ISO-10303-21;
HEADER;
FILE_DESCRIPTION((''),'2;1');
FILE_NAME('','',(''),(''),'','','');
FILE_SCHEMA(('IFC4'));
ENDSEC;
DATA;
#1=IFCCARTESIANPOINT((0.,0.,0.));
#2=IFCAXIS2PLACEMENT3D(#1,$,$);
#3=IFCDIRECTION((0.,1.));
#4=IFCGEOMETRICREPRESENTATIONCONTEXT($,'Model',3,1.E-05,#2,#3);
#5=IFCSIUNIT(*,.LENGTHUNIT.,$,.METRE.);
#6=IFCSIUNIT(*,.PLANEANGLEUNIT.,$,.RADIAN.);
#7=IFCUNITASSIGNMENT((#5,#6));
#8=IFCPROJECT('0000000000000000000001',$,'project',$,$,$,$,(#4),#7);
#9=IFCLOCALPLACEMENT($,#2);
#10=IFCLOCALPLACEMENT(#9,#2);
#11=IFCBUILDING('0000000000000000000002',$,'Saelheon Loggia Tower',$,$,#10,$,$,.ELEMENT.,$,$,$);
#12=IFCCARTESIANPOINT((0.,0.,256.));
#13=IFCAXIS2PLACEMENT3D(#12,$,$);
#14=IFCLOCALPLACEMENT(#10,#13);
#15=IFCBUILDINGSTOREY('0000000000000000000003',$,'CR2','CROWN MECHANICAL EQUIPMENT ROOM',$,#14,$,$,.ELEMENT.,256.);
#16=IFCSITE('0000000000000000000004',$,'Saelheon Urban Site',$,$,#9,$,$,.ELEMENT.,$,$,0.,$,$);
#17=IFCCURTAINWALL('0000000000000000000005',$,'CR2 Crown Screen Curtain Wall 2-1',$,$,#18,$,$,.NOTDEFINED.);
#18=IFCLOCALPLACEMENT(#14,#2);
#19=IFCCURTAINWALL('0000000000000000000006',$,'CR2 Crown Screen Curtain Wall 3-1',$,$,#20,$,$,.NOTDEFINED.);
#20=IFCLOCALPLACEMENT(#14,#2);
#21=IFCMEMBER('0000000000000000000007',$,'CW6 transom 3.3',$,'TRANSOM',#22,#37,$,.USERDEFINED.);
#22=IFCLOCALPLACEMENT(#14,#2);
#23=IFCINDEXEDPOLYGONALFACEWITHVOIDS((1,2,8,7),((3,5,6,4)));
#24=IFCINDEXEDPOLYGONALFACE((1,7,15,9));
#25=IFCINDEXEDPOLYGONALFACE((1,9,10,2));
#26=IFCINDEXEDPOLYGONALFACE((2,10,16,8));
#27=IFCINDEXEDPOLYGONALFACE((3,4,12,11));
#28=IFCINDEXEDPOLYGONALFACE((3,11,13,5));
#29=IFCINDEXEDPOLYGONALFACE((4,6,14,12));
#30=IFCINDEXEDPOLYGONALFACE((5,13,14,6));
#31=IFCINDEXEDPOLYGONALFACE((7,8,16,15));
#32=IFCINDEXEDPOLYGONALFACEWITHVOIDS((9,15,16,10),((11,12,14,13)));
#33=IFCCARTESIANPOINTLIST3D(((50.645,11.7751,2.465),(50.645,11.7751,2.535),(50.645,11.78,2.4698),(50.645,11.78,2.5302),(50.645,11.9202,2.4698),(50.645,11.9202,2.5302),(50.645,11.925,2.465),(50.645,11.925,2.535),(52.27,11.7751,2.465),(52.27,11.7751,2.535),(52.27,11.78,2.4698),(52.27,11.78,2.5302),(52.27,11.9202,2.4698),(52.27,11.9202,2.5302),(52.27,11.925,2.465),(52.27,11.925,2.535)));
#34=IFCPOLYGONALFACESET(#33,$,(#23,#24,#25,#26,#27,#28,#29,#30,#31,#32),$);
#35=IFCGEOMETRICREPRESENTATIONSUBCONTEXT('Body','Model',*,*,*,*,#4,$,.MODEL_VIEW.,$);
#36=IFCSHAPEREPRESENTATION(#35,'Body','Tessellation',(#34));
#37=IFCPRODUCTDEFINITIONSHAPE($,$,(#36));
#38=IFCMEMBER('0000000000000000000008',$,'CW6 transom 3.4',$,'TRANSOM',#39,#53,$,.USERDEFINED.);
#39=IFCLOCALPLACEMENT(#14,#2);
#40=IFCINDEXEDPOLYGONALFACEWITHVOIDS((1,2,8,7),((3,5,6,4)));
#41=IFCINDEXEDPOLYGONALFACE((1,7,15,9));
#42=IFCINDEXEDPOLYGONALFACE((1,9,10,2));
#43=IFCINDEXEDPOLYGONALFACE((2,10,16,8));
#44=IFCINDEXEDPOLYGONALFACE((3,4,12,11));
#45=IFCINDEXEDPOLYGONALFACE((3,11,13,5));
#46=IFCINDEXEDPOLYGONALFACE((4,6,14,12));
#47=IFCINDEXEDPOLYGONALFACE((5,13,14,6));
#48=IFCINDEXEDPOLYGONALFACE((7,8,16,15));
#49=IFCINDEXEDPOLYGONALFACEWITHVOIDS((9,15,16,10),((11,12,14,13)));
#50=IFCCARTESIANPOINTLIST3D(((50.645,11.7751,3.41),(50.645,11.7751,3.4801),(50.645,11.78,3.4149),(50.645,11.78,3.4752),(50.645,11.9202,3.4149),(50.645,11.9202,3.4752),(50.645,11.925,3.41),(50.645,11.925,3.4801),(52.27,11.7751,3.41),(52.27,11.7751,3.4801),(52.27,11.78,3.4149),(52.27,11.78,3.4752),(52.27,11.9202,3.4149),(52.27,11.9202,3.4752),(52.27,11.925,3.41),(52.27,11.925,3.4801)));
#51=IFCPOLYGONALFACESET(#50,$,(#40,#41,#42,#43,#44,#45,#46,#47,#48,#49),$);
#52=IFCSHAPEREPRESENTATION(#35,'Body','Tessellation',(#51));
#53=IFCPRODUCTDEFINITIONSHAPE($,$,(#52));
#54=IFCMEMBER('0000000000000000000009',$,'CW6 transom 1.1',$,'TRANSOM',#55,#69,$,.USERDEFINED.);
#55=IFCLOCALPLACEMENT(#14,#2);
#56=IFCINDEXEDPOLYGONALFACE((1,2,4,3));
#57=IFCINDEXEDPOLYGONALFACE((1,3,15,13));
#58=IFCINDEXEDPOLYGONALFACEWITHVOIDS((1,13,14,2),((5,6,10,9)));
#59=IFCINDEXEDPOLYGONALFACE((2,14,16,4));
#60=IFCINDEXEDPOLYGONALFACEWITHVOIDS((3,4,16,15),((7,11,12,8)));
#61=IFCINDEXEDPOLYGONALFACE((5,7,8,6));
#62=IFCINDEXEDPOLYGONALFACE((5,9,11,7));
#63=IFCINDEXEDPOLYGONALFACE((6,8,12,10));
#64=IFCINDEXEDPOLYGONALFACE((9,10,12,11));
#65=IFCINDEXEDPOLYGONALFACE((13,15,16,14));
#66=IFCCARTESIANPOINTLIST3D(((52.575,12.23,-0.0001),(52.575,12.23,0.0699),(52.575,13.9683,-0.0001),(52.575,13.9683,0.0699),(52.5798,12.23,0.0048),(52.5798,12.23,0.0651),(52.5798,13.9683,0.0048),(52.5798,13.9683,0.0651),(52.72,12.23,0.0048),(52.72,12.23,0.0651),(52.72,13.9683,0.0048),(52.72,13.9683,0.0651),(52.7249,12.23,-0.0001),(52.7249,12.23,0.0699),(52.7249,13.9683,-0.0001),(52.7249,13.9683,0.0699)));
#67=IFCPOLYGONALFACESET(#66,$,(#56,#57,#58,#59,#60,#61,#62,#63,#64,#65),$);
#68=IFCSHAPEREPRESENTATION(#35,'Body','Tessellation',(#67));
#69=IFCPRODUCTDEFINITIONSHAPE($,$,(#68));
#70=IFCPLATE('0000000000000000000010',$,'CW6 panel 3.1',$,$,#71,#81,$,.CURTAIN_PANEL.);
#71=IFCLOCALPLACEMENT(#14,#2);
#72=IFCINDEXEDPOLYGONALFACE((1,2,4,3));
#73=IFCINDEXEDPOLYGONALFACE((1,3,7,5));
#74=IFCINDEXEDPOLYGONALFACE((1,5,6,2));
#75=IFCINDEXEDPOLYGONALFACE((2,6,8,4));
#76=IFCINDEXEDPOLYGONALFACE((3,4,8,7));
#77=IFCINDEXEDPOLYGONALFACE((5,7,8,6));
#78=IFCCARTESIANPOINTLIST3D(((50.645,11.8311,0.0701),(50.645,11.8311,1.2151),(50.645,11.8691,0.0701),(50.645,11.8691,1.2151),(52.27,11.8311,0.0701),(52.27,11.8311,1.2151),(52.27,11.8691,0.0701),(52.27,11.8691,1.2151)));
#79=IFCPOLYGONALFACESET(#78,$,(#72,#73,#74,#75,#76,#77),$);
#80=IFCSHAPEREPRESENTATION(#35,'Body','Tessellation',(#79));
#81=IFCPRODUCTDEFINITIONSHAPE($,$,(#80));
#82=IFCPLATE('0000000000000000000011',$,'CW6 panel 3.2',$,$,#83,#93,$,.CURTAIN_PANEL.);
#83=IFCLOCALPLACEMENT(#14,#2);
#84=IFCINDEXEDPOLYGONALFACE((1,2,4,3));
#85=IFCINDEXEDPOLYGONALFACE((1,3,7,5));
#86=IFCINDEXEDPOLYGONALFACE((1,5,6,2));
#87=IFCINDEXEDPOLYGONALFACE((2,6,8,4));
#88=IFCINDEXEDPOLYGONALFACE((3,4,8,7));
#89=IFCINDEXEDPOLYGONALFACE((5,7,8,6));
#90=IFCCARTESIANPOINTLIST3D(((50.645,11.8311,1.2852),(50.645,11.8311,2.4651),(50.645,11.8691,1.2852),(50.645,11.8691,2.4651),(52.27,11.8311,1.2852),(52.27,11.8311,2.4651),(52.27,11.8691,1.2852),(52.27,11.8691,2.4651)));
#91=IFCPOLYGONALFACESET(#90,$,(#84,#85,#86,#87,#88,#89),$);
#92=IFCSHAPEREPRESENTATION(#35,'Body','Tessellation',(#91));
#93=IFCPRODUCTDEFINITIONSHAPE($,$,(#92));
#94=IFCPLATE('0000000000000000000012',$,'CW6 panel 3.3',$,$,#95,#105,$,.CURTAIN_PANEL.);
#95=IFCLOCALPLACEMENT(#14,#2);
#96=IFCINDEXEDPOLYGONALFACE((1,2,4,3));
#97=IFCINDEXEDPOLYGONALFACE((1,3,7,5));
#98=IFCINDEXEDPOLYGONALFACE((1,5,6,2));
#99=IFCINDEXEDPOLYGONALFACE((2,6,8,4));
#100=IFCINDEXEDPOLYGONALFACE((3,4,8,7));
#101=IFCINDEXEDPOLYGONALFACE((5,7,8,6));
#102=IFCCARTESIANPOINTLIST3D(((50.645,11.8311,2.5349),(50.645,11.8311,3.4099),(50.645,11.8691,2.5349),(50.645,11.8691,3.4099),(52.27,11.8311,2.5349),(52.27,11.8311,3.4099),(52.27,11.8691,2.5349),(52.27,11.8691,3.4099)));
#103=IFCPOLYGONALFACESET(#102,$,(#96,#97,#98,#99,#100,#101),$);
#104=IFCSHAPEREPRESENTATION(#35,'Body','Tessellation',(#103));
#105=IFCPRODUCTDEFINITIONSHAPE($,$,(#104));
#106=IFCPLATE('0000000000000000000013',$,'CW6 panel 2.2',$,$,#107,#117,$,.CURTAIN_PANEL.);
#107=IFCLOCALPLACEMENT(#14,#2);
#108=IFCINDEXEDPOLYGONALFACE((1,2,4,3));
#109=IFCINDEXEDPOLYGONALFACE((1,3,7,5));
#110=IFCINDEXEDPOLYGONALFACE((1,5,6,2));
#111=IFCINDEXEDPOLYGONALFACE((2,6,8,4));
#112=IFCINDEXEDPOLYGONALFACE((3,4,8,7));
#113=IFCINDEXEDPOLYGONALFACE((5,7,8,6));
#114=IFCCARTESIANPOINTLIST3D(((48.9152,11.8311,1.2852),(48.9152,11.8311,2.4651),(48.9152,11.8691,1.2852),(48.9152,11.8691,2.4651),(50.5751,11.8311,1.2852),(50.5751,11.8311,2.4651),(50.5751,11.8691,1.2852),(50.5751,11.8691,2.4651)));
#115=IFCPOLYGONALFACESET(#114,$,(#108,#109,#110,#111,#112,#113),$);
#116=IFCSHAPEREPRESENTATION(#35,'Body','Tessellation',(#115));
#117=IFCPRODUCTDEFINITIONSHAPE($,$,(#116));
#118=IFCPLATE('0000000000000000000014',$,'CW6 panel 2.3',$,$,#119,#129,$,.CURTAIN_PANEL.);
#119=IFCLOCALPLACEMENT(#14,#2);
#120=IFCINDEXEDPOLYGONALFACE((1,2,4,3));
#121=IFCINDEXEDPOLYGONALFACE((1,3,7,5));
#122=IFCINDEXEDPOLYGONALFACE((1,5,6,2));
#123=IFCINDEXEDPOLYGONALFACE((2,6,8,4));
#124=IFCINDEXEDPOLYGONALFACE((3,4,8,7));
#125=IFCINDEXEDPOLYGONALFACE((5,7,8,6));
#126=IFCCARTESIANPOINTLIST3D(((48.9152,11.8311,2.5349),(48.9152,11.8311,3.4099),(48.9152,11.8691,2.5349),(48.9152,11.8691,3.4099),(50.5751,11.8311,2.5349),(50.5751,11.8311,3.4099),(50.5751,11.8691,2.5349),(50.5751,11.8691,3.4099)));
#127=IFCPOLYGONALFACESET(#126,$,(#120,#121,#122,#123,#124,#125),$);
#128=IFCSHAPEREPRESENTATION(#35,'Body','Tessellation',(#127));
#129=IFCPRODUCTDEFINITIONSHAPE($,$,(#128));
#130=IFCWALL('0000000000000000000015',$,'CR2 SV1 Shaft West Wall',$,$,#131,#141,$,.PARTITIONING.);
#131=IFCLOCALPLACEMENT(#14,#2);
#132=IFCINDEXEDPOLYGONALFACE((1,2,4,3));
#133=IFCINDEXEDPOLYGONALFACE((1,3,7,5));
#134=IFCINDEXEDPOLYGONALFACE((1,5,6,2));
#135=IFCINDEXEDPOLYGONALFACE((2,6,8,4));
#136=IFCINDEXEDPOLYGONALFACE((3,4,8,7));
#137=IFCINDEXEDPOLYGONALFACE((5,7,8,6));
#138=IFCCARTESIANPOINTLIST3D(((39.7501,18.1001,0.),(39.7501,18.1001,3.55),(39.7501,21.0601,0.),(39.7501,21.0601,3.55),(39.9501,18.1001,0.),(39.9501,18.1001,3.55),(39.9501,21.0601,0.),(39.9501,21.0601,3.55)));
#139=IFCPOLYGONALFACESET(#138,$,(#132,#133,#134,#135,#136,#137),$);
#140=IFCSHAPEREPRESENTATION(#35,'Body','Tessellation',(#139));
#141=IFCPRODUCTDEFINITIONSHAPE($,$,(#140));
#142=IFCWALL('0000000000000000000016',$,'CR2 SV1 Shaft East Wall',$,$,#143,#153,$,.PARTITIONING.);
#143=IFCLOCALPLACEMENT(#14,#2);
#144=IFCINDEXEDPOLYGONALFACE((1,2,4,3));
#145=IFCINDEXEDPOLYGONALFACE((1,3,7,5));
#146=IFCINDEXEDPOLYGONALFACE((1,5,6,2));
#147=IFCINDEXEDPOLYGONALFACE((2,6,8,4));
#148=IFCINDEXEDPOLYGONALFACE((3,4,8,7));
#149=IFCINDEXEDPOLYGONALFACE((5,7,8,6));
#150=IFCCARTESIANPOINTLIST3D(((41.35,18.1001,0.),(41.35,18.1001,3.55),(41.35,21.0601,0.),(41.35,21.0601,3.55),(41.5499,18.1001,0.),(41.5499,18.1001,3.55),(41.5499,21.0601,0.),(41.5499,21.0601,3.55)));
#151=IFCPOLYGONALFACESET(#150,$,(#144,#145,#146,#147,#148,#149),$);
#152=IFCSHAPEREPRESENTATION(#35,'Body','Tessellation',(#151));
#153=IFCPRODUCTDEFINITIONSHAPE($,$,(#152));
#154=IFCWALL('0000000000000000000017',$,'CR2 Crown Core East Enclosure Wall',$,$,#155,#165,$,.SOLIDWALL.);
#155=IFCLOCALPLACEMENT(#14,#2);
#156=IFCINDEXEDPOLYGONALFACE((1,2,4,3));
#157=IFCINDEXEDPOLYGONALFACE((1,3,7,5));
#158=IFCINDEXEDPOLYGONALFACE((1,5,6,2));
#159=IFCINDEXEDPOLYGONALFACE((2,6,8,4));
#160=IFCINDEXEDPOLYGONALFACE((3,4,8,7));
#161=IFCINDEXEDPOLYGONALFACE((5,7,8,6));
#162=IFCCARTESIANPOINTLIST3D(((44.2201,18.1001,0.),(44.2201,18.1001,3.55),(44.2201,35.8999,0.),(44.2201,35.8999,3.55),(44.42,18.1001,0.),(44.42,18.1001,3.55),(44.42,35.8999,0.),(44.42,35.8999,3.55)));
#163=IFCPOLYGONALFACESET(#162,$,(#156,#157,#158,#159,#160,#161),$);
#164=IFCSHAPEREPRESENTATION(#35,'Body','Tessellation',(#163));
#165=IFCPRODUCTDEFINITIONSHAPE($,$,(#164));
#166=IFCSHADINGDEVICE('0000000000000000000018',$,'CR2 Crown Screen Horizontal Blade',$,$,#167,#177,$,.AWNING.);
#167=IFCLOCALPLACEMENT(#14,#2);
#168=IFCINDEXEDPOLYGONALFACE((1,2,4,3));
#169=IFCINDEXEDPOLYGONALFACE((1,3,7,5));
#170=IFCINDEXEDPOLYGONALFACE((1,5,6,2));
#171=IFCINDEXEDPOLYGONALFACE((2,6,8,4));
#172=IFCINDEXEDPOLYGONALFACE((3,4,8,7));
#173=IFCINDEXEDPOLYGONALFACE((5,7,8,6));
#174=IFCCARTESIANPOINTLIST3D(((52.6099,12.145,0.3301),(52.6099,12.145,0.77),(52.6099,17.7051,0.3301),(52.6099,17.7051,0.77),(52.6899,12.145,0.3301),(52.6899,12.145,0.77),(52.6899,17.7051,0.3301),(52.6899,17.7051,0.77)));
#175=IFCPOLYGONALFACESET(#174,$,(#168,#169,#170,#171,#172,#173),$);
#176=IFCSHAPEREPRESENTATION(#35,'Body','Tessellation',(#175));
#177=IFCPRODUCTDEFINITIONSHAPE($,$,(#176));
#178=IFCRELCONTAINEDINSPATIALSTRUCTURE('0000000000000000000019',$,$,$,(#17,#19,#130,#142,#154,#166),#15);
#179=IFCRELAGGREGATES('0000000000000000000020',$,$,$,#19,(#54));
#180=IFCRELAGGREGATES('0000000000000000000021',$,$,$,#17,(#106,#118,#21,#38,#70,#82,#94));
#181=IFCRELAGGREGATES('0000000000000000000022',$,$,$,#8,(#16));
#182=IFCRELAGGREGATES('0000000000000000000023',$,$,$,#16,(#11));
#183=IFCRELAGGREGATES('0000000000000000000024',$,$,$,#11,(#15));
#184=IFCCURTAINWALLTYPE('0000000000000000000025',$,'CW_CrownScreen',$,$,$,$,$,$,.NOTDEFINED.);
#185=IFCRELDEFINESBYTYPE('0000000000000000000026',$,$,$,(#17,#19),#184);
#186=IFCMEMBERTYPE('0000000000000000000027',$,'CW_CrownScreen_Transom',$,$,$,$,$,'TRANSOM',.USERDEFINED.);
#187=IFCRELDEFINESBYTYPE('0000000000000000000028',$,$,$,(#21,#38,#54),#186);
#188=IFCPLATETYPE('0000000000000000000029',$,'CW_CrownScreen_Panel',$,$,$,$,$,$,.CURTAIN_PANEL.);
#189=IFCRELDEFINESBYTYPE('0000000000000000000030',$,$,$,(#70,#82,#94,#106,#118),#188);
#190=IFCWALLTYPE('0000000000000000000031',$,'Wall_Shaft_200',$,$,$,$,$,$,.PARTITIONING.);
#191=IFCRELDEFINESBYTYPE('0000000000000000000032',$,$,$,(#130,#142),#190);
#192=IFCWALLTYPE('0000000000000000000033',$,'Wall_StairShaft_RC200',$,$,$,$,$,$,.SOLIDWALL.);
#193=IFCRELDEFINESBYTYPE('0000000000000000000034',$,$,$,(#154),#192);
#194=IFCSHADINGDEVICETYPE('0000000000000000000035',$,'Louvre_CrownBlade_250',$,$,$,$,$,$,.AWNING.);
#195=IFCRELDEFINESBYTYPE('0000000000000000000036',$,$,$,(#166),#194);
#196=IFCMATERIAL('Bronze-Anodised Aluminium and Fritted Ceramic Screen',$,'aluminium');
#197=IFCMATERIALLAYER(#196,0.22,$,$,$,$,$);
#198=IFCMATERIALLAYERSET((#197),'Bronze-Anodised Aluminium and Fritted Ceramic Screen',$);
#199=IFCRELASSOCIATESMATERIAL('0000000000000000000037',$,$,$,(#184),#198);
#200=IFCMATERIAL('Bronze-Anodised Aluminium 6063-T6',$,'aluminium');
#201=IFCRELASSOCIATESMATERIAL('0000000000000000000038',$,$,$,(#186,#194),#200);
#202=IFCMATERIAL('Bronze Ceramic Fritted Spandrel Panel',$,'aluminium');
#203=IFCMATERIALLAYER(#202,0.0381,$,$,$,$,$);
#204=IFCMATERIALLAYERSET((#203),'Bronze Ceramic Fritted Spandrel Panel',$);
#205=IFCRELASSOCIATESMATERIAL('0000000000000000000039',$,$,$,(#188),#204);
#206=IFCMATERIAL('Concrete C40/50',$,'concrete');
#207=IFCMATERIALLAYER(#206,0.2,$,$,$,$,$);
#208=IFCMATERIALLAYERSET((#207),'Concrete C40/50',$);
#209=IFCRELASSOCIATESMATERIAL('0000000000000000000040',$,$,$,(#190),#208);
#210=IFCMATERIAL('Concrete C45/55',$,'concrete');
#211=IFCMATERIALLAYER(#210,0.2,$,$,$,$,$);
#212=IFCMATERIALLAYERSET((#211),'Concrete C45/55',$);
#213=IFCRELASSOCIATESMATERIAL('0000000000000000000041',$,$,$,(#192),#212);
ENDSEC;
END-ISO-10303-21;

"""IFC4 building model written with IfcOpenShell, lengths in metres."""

from ifc_helpers import new_model, si_unit, direction, frame, frame_2d, origin, origin_2d, place, context, subcontext, project, spatial, rectangle, hollow_rectangle, extrude, source, transform, mapped, material, layer, layer_set, material_profile, profile_set, type_object, element, aggregate, save


model = new_model("IFC4")

# Units and contexts
model_context = context("Model", 3, precision=1e-05, world=origin(), true_north=direction((0.0, 1.0)))
body_context = subcontext(model_context, "Body", "Model", "MODEL_VIEW")
ifc_project = project(units=[si_unit("LENGTHUNIT", "METRE"), si_unit("PLANEANGLEUNIT", "RADIAN")], contexts=[model_context])

# Site, building, storey
site_placement = place(None, origin())
site = spatial("IfcSite", under=ifc_project, at=site_placement, Name="Saelheon Urban Site", CompositionType="ELEMENT", RefElevation=0.0)
building_placement = place(site_placement, origin())
building = spatial("IfcBuilding", under=site, at=building_placement, Name="Saelheon Loggia Tower", CompositionType="ELEMENT")
storey_placement = place(building_placement, frame((0.0, 0.0, 256.0)))
storey = spatial("IfcBuildingStorey", under=building, at=storey_placement, Name="CR2", Description="CROWN MECHANICAL EQUIPMENT ROOM", CompositionType="ELEMENT", Elevation=256.0)

# Curtain wall
ifc_material_1 = material(Name="Bronze-Anodised Aluminium and Fritted Ceramic Screen", Category="aluminium")
ifc_layer_1 = layer(ifc_material_1, 0.22)
ifc_layer_set_1 = layer_set([ifc_layer_1], Name="Bronze-Anodised Aluminium and Fritted Ceramic Screen")
curtain_wall_type = type_object("IfcCurtainWallType", Name="CW_CrownScreen", PredefinedType="NOTDEFINED", material=ifc_layer_set_1)
curtain_wall_1_placement = place(storey_placement, origin())
curtain_wall_1 = element("IfcCurtainWall", 1, at=curtain_wall_1_placement, inside=storey, type_object=curtain_wall_type, Name="CR2 Crown Screen Curtain Wall 2-1", PredefinedType="NOTDEFINED")
ifc_material_2 = material(Name="Bronze-Anodised Aluminium 6063-T6", Category="aluminium")

# Curtain wall
curtain_wall_2_placement = place(storey_placement, origin())
curtain_wall_2 = element("IfcCurtainWall", 2, at=curtain_wall_2_placement, inside=storey, type_object=curtain_wall_type, Name="CR2 Crown Screen Curtain Wall 3-1", PredefinedType="NOTDEFINED")

# Members
ifc_material_profile_1 = material_profile(ifc_material_2, hollow_rectangle(XDim=0.0701, YDim=0.1499, WallThickness=0.0049, at=origin_2d()), Name="RHS-150x70x5")
ifc_profile_set_1 = profile_set([ifc_material_profile_1], Name="Bronze-Anodised Aluminium 6063-T6")
member_type_1 = type_object("IfcMemberType", Name="CW_CrownScreen_Transom", ElementType="TRANSOM", PredefinedType="USERDEFINED", material=ifc_profile_set_1)
shared_shape_1 = source(origin(), body_context, "Body", "SweptSolid", [
    extrude(hollow_rectangle(XDim=0.0701, YDim=0.1499, WallThickness=0.0049, at=origin_2d()), origin(), (0.0, 0.0, 1.0), 1.625),
])
member_1_placement = place(storey_placement, frame((50.645, 11.8501, 2.5), z_axis=(1.0, 0.0, 0.0), x_axis=(0.0, 0.0, 1.0)))
member_1 = element("IfcMember", 3, at=member_1_placement, type_object=member_type_1, Name="CW6 transom 3.3", ObjectType="TRANSOM", PredefinedType="USERDEFINED", context=body_context, shape_type="MappedRepresentation", body=[
    mapped(shared_shape_1, transform((0.0, 0.0, 0.0), scale=1.0)),
])
member_2_placement = place(storey_placement, frame((50.645, 11.8501, 3.4451), z_axis=(1.0, 0.0, 0.0), x_axis=(0.0, 0.0, 1.0)))
member_2 = element("IfcMember", 4, at=member_2_placement, type_object=member_type_1, Name="CW6 transom 3.4", ObjectType="TRANSOM", PredefinedType="USERDEFINED", context=body_context, shape_type="MappedRepresentation", body=[
    mapped(shared_shape_1, transform((0.0, 0.0, 0.0), scale=1.0)),
])
shared_shape_2 = source(origin(), body_context, "Body", "SweptSolid", [
    extrude(hollow_rectangle(XDim=0.0701, YDim=0.1499, WallThickness=0.0049, at=origin_2d()), origin(), (0.0, 0.0, 1.0), 1.7383),
])
member_3_placement = place(storey_placement, frame((52.6499, 12.23, 0.0349), z_axis=(0.0, 1.0, 0.0), x_axis=(0.0, 0.0, 1.0)))
member_3 = element("IfcMember", 5, at=member_3_placement, type_object=member_type_1, Name="CW6 transom 1.1", ObjectType="TRANSOM", PredefinedType="USERDEFINED", context=body_context, shape_type="MappedRepresentation", body=[
    mapped(shared_shape_2, transform((0.0, 0.0, 0.0), scale=1.0)),
])
aggregate(curtain_wall_2, [member_3])

# Plates
ifc_material_3 = material(Name="Bronze Ceramic Fritted Spandrel Panel", Category="aluminium")
ifc_layer_2 = layer(ifc_material_3, 0.0381)
ifc_layer_set_2 = layer_set([ifc_layer_2], Name="Bronze Ceramic Fritted Spandrel Panel")
plate_type = type_object("IfcPlateType", Name="CW_CrownScreen_Panel", PredefinedType="CURTAIN_PANEL", material=ifc_layer_set_2)
shared_shape_3 = source(origin(), body_context, "Body", "SweptSolid", [
    extrude(rectangle(XDim=1.625, YDim=0.0381, at=origin_2d()), origin(), (0.0, 0.0, 1.0), 1.145),
])
plate_1_placement = place(storey_placement, frame((51.4575, 11.8501, 0.0701), z_axis=(0.0, 0.0, 1.0), x_axis=(1.0, 0.0, 0.0)))
plate_1 = element("IfcPlate", 6, at=plate_1_placement, type_object=plate_type, Name="CW6 panel 3.1", PredefinedType="CURTAIN_PANEL", context=body_context, shape_type="MappedRepresentation", body=[
    mapped(shared_shape_3, transform((0.0, 0.0, 0.0), scale=1.0)),
])
shared_shape_4 = source(origin(), body_context, "Body", "SweptSolid", [
    extrude(rectangle(XDim=1.625, YDim=0.0381, at=origin_2d()), origin(), (0.0, 0.0, 1.0), 1.1799),
])
plate_2_placement = place(storey_placement, frame((51.4575, 11.8501, 1.2852), z_axis=(0.0, 0.0, 1.0), x_axis=(1.0, 0.0, 0.0)))
plate_2 = element("IfcPlate", 7, at=plate_2_placement, type_object=plate_type, Name="CW6 panel 3.2", PredefinedType="CURTAIN_PANEL", context=body_context, shape_type="MappedRepresentation", body=[
    mapped(shared_shape_4, transform((0.0, 0.0, 0.0), scale=1.0)),
])
shared_shape_5 = source(origin(), body_context, "Body", "SweptSolid", [
    extrude(rectangle(XDim=1.625, YDim=0.0381, at=origin_2d()), origin(), (0.0, 0.0, 1.0), 0.875),
])
plate_3_placement = place(storey_placement, frame((51.4575, 11.8501, 2.5349), z_axis=(0.0, 0.0, 1.0), x_axis=(1.0, 0.0, 0.0)))
plate_3 = element("IfcPlate", 8, at=plate_3_placement, type_object=plate_type, Name="CW6 panel 3.3", PredefinedType="CURTAIN_PANEL", context=body_context, shape_type="MappedRepresentation", body=[
    mapped(shared_shape_5, transform((0.0, 0.0, 0.0), scale=1.0)),
])
shared_shape_6 = source(origin(), body_context, "Body", "SweptSolid", [
    extrude(rectangle(XDim=1.6599, YDim=0.0381, at=origin_2d()), origin(), (0.0, 0.0, 1.0), 1.1799),
])
plate_4_placement = place(storey_placement, frame((49.7451, 11.8501, 1.2852), z_axis=(0.0, 0.0, 1.0), x_axis=(1.0, 0.0, 0.0)))
plate_4 = element("IfcPlate", 9, at=plate_4_placement, type_object=plate_type, Name="CW6 panel 2.2", PredefinedType="CURTAIN_PANEL", context=body_context, shape_type="MappedRepresentation", body=[
    mapped(shared_shape_6, transform((0.0, 0.0, 0.0), scale=1.0)),
])
shared_shape_7 = source(origin(), body_context, "Body", "SweptSolid", [
    extrude(rectangle(XDim=1.6599, YDim=0.0381, at=origin_2d()), origin(), (0.0, 0.0, 1.0), 0.875),
])
plate_5_placement = place(storey_placement, frame((49.7451, 11.8501, 2.5349), z_axis=(0.0, 0.0, 1.0), x_axis=(1.0, 0.0, 0.0)))
plate_5 = element("IfcPlate", 10, at=plate_5_placement, type_object=plate_type, Name="CW6 panel 2.3", PredefinedType="CURTAIN_PANEL", context=body_context, shape_type="MappedRepresentation", body=[
    mapped(shared_shape_7, transform((0.0, 0.0, 0.0), scale=1.0)),
])
aggregate(curtain_wall_1, [plate_4, plate_5, member_1, member_2, plate_1, plate_2, plate_3])

# Walls
ifc_material_4 = material(Name="Concrete C40/50", Category="concrete")
ifc_layer_3 = layer(ifc_material_4, 0.2)
ifc_layer_set_3 = layer_set([ifc_layer_3], Name="Concrete C40/50")
wall_type_1 = type_object("IfcWallType", Name="Wall_Shaft_200", PredefinedType="PARTITIONING", material=ifc_layer_set_3)
for number, where, z_axis, x_axis, name in (
    (11, (39.8501, 18.1001, 0.0), (0.0, 0.0, 1.0), (0.0, 1.0, 0.0), "CR2 SV1 Shaft West Wall"),
    (12, (41.45, 18.1001, 0.0), (0.0, 0.0, 1.0), (0.0, 1.0, 0.0), "CR2 SV1 Shaft East Wall"),
):
    element("IfcWall", number, at=place(storey_placement, frame(where, z_axis=z_axis, x_axis=x_axis)), inside=storey, type_object=wall_type_1, Name=name, PredefinedType="PARTITIONING", context=body_context, shape_type="SweptSolid", body=[
        extrude(rectangle(XDim=2.96, YDim=0.2, at=frame_2d((1.48, 0.0))), origin(), (0.0, 0.0, 1.0), 3.55),
    ])
ifc_material_5 = material(Name="Concrete C45/55", Category="concrete")
ifc_layer_4 = layer(ifc_material_5, 0.2)
ifc_layer_set_4 = layer_set([ifc_layer_4], Name="Concrete C45/55")
wall_type_2 = type_object("IfcWallType", Name="Wall_StairShaft_RC200", PredefinedType="SOLIDWALL", material=ifc_layer_set_4)
wall_placement = place(storey_placement, frame((44.3201, 18.1001, 0.0), z_axis=(0.0, 0.0, 1.0), x_axis=(0.0, 1.0, 0.0)))
element("IfcWall", 13, at=wall_placement, inside=storey, type_object=wall_type_2, Name="CR2 Crown Core East Enclosure Wall", PredefinedType="SOLIDWALL", context=body_context, shape_type="SweptSolid", body=[
    extrude(rectangle(XDim=17.7998, YDim=0.2, at=frame_2d((8.8999, 0.0))), origin(), (0.0, 0.0, 1.0), 3.55),
])

# Shading device
ifc_material_profile_2 = material_profile(ifc_material_2, rectangle(XDim=0.0801, YDim=0.4399, at=origin_2d()), Name="Louvre_CrownBlade_250")
ifc_profile_set_2 = profile_set([ifc_material_profile_2], Name="Bronze-Anodised Aluminium 6063-T6")
shading_device_type = type_object("IfcShadingDeviceType", Name="Louvre_CrownBlade_250", PredefinedType="AWNING", material=ifc_profile_set_2)
shared_shape_8 = source(origin(), body_context, "Body", "SweptSolid", [
    extrude(rectangle(XDim=0.0801, YDim=0.4399, at=origin_2d()), origin(), (0.0, 0.0, 1.0), 5.5601),
])
for number, where, z_axis, x_axis, name in (
    (14, (52.6499, 12.145, 0.55), (0.0, 1.0, 0.0), (-1.0, 0.0, 0.0), "CR2 Crown Screen Horizontal Blade"),
):
    element("IfcShadingDevice", number, at=place(storey_placement, frame(where, z_axis=z_axis, x_axis=x_axis)), inside=storey, type_object=shading_device_type, Name=name, PredefinedType="AWNING", context=body_context, shape_type="MappedRepresentation", body=[
        mapped(shared_shape_8, transform((0.0, 0.0, 0.0), scale=1.0)),
    ])

save(model, "model.ifc")
